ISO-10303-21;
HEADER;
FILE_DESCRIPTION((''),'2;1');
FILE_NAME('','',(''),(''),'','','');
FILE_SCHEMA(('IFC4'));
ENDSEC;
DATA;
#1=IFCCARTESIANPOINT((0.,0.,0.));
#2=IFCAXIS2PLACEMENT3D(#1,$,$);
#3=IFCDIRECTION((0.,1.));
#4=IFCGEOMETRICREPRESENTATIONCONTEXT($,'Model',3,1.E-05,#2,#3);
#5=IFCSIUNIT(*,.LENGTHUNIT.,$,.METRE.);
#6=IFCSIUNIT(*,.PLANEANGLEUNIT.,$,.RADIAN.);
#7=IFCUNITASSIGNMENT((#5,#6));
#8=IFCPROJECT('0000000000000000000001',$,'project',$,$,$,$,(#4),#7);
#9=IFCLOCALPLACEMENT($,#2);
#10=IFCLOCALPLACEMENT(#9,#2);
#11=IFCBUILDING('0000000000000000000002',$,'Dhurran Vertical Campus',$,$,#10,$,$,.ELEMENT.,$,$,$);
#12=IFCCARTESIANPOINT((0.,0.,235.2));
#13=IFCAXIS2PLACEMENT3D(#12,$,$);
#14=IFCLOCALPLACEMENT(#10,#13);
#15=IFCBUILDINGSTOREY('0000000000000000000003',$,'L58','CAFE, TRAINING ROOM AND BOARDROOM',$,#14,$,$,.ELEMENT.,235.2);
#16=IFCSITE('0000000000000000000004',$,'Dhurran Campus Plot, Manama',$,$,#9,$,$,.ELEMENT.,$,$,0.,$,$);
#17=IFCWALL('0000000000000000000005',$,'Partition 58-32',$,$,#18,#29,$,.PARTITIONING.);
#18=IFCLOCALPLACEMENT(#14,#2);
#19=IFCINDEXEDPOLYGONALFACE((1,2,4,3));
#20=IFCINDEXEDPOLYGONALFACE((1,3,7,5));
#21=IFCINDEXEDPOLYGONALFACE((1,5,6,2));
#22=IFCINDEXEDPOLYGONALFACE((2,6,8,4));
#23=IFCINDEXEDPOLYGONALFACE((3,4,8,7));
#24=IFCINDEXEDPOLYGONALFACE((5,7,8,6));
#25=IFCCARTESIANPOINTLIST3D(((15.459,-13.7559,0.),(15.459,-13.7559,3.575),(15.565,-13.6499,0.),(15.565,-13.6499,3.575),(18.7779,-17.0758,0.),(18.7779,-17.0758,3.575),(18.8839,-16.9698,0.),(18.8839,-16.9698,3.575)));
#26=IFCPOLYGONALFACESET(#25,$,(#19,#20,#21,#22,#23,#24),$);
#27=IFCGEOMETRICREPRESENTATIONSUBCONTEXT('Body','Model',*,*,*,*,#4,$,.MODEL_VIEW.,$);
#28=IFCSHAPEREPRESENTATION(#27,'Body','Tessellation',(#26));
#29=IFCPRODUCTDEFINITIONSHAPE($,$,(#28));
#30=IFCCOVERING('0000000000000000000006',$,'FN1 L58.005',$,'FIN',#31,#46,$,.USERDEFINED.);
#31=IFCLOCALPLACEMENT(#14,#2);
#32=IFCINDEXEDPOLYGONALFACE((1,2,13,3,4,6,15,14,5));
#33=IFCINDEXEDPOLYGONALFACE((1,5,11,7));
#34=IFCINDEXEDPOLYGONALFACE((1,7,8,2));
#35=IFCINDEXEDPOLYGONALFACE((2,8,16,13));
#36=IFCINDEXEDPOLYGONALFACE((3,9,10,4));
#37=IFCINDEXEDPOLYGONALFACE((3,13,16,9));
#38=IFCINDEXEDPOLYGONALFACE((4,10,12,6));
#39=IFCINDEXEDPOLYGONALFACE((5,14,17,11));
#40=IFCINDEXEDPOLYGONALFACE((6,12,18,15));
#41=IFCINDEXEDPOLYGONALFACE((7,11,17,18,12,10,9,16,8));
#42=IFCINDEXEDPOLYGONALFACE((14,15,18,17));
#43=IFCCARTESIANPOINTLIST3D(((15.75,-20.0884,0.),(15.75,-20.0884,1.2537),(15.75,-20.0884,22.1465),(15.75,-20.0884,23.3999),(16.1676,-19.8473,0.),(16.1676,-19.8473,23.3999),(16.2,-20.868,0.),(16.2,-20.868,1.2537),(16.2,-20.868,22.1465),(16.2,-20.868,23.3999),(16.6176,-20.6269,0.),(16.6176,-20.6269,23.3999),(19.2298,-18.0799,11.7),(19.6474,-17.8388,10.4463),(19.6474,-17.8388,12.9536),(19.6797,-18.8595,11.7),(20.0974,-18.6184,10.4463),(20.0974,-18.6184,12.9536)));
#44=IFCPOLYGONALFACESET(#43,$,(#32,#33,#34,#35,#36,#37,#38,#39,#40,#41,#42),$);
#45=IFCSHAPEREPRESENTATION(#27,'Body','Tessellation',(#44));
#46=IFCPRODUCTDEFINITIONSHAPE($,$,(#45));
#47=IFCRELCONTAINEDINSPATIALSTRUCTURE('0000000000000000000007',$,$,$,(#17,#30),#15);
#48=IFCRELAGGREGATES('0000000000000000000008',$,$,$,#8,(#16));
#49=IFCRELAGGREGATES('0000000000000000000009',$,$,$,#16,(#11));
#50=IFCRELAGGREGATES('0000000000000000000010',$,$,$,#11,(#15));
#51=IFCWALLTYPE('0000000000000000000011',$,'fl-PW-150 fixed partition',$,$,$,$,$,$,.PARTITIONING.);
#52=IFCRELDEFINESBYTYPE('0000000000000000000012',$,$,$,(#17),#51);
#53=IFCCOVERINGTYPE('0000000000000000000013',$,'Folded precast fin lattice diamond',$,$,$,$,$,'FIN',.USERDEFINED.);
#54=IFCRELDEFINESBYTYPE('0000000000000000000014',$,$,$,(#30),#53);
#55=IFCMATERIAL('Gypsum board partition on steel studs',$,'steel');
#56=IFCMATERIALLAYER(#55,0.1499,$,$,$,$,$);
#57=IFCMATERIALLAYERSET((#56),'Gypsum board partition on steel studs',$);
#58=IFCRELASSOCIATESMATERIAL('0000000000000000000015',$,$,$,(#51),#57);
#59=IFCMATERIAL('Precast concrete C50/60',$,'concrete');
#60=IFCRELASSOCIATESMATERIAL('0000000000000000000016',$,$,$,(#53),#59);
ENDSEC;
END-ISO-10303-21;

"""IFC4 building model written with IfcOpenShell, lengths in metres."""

from ifc_helpers import new_model, si_unit, direction, frame, frame_2d, origin, place, context, subcontext, project, spatial, polyline, rectangle, outline, extrude, material, layer, layer_set, type_object, element, save


model = new_model("IFC4")

# Units and contexts
model_context = context("Model", 3, precision=1e-05, world=origin(), true_north=direction((0.0, 1.0)))
body_context = subcontext(model_context, "Body", "Model", "MODEL_VIEW")
ifc_project = project(units=[si_unit("LENGTHUNIT", "METRE"), si_unit("PLANEANGLEUNIT", "RADIAN")], contexts=[model_context])

# Site, building, storey
site_placement = place(None, origin())
site = spatial("IfcSite", under=ifc_project, at=site_placement, Name="Dhurran Campus Plot, Manama", CompositionType="ELEMENT", RefElevation=0.0)
building_placement = place(site_placement, origin())
building = spatial("IfcBuilding", under=site, at=building_placement, Name="Dhurran Vertical Campus", CompositionType="ELEMENT")
storey_placement = place(building_placement, frame((0.0, 0.0, 235.2)))
storey = spatial("IfcBuildingStorey", under=building, at=storey_placement, Name="L58", Description="CAFE, TRAINING ROOM AND BOARDROOM", CompositionType="ELEMENT", Elevation=235.2)

# Wall
ifc_material_1 = material(Name="Gypsum board partition on steel studs", Category="steel")
ifc_layer_1 = layer(ifc_material_1, 0.1499)
ifc_layer_set_1 = layer_set([ifc_layer_1], Name="Gypsum board partition on steel studs")
wall_type_1 = type_object("IfcWallType", Name="fl-PW-150 fixed partition", PredefinedType="PARTITIONING", material=ifc_layer_set_1)
wall_1_placement = place(storey_placement, frame((15.512, -13.7029, 0.0), z_axis=(0.0, 0.0, 1.0), x_axis=(0.707003, -0.707211, 0.0)))
element("IfcWall", 1, at=wall_1_placement, inside=storey, type_object=wall_type_1, Name="Partition 58-32", PredefinedType="PARTITIONING", context=body_context, shape_type="SweptSolid", body=[
    extrude(rectangle(XDim=4.6943, YDim=0.1499, at=frame_2d((2.3472, 0.0))), origin(), (0.0, 0.0, 1.0), 3.575),
])

# Covering
ifc_material_2 = material(Name="Precast concrete C50/60", Category="concrete")
covering_type = type_object("IfcCoveringType", Name="Folded precast fin lattice diamond", ElementType="FIN", PredefinedType="USERDEFINED", material=ifc_material_2)
covering_1_placement = place(storey_placement, frame((15.75, -20.0884, 0.0), z_axis=(0.499902, -0.866082, 0.0), x_axis=(0.866082, 0.499902, 0.0)))
element("IfcCovering", 2, at=covering_1_placement, inside=storey, type_object=covering_type, Name="FN1 L58.005", ObjectType="FIN", PredefinedType="USERDEFINED", context=body_context, shape_type="SweptSolid", body=[
    extrude(outline(polyline([(4.5, 10.4463), (0.4822, 0.0), (0.0, 0.0), (0.0, 1.2537), (4.0178, 11.7), (0.0, 22.1465), (0.0, 23.3999), (0.4822, 23.3999), (4.5, 12.9536), (4.5, 10.4463)])), origin(), (0.0, 0.0, 1.0), 0.9001),
])

save(model, "model.ifc")
